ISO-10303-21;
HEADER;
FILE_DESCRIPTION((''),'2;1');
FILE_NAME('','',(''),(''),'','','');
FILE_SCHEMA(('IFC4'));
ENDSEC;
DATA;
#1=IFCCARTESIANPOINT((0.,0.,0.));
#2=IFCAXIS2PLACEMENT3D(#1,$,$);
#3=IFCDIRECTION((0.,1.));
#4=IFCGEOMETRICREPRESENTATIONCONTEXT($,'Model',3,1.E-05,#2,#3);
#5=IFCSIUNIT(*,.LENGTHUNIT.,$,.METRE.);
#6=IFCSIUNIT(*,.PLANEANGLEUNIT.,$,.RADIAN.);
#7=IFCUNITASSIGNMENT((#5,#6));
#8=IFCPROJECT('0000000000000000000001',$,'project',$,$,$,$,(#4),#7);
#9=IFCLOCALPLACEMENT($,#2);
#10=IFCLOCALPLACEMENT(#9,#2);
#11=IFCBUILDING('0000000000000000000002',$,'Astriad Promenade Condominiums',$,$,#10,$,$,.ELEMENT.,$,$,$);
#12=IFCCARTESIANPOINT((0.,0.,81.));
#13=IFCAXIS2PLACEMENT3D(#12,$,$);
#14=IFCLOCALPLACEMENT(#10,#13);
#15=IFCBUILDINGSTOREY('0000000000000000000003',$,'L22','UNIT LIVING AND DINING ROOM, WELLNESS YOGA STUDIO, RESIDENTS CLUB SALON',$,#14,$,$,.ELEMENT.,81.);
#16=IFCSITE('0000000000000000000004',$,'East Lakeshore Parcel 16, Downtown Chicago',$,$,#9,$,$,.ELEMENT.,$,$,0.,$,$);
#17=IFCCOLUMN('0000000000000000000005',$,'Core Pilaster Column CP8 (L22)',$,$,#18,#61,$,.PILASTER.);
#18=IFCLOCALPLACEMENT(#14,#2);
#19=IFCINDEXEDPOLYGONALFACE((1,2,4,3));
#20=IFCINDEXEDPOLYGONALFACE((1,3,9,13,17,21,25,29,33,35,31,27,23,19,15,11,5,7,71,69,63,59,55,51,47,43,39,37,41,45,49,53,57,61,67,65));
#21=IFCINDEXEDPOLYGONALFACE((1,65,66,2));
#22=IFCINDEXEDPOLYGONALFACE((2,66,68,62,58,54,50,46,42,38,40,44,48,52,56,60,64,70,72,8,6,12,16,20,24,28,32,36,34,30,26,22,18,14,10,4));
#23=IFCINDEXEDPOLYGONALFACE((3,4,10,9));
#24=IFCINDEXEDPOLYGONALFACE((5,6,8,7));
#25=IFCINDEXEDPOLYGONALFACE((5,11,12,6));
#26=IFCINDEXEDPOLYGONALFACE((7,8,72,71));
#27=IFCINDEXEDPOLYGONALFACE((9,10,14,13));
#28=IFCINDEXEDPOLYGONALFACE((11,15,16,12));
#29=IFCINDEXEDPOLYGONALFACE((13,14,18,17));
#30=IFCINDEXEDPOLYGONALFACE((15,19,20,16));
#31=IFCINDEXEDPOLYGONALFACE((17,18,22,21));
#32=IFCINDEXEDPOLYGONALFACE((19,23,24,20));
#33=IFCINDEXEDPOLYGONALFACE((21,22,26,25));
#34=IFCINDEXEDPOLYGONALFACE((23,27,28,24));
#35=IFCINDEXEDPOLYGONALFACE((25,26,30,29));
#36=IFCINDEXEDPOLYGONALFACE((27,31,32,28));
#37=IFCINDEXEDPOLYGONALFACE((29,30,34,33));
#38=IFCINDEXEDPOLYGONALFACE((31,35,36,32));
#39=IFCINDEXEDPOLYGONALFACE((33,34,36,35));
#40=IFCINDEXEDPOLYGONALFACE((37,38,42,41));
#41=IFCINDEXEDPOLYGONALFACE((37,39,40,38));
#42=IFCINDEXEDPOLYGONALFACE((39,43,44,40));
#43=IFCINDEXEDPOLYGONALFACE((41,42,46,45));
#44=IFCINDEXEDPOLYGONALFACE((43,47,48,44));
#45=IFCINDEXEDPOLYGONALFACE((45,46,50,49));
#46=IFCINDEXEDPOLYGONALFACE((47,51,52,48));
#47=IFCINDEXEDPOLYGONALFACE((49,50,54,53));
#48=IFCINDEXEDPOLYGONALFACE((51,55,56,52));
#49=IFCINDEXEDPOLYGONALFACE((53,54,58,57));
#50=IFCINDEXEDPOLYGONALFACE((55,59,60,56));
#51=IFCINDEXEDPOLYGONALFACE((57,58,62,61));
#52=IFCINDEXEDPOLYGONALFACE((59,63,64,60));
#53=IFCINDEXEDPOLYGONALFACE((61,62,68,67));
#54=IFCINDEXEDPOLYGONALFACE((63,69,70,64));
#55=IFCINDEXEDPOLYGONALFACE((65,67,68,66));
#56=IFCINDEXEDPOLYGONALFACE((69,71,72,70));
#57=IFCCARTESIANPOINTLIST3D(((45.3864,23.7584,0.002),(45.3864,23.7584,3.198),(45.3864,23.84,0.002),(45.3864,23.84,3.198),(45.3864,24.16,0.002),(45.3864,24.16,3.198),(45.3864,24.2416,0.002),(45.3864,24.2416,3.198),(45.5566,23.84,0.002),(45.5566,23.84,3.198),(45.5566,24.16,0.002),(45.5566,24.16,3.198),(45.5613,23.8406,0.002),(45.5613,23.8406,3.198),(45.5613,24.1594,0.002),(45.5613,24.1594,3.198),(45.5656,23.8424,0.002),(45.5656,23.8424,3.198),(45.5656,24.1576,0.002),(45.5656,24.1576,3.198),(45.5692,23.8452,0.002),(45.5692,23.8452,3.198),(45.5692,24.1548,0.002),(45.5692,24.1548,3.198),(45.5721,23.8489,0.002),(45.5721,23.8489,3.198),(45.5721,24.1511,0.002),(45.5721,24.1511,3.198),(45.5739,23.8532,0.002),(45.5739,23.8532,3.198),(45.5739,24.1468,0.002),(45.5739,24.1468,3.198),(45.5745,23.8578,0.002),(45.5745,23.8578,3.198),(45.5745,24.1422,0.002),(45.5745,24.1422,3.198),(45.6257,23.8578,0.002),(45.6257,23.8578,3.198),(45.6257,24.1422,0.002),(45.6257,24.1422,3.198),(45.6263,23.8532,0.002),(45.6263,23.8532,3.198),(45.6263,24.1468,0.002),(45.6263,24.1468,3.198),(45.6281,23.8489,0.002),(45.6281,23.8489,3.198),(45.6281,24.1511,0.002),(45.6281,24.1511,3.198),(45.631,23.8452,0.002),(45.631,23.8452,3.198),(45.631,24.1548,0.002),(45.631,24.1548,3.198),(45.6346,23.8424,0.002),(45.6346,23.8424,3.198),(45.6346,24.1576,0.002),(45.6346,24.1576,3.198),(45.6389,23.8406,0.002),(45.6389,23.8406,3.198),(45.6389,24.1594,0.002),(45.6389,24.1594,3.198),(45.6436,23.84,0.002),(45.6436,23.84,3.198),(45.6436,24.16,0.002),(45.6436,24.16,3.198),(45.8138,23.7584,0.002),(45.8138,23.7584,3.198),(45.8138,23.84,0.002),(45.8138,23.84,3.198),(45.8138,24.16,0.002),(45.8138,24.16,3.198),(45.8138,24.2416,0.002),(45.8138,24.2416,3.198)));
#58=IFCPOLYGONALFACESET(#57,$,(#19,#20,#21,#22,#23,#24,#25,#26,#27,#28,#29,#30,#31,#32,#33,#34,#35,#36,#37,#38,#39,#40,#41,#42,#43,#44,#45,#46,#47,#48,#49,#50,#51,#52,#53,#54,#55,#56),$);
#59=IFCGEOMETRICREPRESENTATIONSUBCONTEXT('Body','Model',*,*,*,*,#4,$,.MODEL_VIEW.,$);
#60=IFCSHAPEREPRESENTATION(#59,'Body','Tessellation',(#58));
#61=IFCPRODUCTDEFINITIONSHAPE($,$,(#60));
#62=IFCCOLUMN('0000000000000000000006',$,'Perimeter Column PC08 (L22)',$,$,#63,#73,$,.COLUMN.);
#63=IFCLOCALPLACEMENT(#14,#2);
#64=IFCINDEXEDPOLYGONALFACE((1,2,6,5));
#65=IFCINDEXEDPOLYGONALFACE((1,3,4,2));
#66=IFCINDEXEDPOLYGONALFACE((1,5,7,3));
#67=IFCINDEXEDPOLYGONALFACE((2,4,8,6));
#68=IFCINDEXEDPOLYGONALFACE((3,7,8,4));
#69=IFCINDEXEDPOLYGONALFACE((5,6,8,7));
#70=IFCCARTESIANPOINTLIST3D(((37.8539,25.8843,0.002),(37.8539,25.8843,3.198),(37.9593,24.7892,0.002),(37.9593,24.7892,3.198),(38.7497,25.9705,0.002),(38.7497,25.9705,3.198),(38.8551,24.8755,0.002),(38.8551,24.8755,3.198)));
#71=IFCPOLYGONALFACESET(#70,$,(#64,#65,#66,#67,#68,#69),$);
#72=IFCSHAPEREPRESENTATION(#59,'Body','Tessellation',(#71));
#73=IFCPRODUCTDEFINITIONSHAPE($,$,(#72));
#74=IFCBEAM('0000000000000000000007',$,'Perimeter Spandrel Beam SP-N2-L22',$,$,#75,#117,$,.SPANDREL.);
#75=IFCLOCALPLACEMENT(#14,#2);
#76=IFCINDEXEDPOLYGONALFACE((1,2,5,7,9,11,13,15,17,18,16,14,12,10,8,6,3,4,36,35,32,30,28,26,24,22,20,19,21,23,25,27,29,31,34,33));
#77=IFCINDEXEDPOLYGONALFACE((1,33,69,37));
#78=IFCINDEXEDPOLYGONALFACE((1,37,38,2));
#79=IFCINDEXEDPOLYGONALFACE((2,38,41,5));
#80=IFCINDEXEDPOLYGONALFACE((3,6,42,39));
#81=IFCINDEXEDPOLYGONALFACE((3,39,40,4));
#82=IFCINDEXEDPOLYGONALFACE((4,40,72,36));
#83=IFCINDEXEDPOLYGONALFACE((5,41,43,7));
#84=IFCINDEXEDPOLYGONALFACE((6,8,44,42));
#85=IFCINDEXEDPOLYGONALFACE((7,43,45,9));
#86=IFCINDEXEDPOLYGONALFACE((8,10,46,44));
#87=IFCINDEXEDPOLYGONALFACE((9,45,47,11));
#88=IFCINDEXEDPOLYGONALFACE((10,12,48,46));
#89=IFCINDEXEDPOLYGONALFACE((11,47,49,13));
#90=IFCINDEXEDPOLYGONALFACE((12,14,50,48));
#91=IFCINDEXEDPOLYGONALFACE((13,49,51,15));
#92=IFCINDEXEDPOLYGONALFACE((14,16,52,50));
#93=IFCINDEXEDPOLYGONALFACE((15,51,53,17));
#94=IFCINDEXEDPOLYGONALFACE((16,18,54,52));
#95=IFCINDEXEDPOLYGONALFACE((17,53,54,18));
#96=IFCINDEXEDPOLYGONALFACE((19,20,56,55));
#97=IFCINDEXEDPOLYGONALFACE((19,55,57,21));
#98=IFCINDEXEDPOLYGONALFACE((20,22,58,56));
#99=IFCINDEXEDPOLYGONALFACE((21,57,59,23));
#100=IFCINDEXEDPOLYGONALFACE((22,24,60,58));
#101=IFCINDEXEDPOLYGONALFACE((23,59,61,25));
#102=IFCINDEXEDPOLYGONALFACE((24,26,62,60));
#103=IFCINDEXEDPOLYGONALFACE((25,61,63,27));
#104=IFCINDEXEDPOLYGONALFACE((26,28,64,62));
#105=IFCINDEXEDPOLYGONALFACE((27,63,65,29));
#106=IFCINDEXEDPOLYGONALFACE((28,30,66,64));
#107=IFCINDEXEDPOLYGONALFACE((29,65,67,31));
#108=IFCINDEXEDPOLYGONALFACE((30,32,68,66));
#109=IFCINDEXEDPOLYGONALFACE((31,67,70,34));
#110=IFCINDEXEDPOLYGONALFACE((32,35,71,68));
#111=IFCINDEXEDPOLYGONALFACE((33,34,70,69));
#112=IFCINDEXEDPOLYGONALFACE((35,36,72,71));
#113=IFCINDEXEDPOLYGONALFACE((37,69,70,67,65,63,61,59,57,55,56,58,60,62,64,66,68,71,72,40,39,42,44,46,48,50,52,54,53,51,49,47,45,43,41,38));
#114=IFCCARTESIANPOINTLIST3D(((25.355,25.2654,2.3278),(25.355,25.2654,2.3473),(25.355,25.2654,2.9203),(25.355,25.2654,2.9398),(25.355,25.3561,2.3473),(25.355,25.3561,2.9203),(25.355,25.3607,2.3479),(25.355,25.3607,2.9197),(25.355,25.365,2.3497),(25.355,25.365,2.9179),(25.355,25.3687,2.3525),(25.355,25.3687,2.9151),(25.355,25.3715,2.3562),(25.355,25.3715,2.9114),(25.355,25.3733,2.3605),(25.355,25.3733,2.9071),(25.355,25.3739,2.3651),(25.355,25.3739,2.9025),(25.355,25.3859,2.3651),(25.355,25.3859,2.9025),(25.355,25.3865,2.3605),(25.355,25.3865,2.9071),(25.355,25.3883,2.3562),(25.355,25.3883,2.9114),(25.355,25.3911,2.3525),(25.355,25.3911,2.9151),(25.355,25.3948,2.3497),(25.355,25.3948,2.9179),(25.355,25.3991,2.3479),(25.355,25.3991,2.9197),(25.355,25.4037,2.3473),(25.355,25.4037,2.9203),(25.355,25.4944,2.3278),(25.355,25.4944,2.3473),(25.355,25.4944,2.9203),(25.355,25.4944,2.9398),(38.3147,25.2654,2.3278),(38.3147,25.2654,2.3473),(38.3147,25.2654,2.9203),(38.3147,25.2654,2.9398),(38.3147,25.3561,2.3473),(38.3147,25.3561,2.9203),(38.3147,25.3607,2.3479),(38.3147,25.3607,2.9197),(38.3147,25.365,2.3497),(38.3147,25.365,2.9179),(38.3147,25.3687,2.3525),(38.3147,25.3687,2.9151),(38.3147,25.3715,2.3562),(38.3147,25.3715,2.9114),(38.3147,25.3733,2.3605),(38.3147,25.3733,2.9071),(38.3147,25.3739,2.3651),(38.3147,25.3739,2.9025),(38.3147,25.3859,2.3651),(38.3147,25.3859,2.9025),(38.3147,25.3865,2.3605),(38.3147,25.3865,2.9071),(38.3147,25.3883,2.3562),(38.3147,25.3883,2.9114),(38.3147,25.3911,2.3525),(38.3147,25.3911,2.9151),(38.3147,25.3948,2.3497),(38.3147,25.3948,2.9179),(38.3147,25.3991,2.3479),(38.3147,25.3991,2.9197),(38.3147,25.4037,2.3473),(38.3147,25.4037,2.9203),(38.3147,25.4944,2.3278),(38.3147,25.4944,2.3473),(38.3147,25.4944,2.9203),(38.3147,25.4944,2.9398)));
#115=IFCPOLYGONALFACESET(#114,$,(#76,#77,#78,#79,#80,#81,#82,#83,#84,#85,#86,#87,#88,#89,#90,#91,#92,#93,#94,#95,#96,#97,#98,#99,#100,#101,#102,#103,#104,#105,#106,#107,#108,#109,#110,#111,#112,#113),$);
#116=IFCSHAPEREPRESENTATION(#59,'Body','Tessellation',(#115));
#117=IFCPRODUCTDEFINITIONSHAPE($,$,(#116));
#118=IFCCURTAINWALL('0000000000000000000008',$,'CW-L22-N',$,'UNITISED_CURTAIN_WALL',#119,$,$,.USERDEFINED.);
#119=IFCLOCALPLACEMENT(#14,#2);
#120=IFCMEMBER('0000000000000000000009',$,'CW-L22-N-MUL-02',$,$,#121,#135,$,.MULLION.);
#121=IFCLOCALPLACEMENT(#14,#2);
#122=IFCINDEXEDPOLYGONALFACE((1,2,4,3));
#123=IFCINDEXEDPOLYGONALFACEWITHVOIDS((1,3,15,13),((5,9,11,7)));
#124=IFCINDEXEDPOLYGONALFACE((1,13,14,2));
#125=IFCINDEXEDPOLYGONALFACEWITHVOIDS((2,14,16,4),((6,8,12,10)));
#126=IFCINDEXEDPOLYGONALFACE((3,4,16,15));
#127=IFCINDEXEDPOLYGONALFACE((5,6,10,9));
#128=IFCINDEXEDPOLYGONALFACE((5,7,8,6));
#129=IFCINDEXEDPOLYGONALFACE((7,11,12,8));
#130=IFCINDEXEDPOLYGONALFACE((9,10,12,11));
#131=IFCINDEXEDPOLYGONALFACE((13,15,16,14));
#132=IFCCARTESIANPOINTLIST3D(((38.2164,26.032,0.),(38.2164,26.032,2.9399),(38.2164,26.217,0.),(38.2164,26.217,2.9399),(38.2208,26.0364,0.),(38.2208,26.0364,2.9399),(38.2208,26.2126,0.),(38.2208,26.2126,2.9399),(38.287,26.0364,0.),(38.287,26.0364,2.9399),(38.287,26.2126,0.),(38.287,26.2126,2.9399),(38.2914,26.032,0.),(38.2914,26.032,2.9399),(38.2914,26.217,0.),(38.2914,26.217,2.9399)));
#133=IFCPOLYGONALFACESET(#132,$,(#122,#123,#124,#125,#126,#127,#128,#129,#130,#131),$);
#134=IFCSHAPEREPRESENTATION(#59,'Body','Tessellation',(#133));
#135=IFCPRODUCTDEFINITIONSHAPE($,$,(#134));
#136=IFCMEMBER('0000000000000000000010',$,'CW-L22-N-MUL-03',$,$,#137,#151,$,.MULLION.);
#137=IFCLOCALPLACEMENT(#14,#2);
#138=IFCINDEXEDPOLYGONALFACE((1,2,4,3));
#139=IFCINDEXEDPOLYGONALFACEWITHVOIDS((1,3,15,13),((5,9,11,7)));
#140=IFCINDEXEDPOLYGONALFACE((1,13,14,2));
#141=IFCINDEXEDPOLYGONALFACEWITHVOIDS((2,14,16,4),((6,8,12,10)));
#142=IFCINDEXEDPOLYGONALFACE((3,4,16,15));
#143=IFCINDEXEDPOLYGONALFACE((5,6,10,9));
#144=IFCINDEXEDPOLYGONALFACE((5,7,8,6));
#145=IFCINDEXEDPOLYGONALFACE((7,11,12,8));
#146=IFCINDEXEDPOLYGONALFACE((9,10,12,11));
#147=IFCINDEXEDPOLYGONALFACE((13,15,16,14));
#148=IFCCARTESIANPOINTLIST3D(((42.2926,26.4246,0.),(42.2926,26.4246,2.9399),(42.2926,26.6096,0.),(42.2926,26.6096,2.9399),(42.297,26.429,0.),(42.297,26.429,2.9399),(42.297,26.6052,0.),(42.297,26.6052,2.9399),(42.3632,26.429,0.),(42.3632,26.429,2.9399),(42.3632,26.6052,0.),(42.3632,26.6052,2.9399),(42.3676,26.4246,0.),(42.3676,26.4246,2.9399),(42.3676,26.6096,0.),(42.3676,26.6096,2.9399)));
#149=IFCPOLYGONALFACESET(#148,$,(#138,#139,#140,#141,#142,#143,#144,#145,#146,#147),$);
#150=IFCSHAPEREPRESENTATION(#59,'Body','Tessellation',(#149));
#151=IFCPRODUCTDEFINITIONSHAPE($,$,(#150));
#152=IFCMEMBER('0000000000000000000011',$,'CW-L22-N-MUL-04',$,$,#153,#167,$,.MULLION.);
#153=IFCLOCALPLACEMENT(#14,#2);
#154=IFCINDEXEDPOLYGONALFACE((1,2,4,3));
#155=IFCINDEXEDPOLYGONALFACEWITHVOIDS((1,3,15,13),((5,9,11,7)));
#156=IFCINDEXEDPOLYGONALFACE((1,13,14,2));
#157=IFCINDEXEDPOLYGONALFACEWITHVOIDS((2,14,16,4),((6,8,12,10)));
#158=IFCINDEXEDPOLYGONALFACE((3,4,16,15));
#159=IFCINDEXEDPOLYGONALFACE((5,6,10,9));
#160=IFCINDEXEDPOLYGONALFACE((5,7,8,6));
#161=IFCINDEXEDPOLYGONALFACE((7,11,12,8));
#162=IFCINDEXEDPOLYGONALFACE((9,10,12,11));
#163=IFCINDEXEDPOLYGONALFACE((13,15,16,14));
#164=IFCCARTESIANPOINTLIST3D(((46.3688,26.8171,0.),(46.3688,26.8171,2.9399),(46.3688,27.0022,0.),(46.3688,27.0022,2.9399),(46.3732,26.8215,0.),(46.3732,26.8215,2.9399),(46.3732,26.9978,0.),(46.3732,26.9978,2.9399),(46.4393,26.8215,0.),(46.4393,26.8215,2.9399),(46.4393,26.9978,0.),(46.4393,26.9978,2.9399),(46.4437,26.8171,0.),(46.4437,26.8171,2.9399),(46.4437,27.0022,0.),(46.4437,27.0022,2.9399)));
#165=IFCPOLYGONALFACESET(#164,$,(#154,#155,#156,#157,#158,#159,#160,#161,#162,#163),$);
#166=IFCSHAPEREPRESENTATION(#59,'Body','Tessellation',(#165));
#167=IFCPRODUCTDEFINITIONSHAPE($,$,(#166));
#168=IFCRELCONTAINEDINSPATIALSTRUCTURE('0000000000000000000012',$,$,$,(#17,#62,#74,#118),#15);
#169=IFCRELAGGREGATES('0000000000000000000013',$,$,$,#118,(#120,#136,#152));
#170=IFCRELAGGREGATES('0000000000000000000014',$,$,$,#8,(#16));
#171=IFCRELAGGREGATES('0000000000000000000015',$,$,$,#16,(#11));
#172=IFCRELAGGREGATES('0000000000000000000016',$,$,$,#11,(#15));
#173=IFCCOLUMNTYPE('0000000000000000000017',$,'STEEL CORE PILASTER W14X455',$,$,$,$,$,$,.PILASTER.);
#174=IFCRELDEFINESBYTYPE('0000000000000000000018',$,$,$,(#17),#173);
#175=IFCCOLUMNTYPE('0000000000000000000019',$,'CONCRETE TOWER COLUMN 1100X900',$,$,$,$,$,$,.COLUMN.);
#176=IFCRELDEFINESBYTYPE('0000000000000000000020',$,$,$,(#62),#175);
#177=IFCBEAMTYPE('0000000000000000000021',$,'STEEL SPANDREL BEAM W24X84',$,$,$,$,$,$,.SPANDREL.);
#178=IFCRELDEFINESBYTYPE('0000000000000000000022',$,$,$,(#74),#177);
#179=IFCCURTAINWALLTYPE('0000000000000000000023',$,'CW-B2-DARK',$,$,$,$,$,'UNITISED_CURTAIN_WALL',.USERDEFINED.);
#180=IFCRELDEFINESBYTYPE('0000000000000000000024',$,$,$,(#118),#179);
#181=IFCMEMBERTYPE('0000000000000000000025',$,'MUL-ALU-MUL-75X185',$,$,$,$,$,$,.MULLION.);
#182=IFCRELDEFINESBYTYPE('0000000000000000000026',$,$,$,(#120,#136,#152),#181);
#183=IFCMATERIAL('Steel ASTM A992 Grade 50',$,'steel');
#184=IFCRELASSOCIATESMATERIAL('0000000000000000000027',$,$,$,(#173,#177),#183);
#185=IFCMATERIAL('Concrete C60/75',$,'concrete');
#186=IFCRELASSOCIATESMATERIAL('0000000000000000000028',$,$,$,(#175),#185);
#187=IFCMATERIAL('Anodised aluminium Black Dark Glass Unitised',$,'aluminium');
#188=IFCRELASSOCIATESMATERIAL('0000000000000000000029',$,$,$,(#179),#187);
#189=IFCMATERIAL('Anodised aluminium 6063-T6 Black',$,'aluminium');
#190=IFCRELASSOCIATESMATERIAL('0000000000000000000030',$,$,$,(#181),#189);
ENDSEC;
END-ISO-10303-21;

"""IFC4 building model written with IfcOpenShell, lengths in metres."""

from ifc_helpers import new_model, si_unit, direction, frame, origin, origin_2d, place, context, subcontext, project, spatial, rectangle, hollow_rectangle, i_section, extrude, source, transform, mapped, material, material_profile, profile_set, type_object, type_shapes, element, aggregate, save


model = new_model("IFC4")

# Units and contexts
model_context = context("Model", 3, precision=1e-05, world=origin(), true_north=direction((0.0, 1.0)))
body_context = subcontext(model_context, "Body", "Model", "MODEL_VIEW")
ifc_project = project(units=[si_unit("LENGTHUNIT", "METRE"), si_unit("PLANEANGLEUNIT", "RADIAN")], contexts=[model_context])

# Site, building, storey
site_placement = place(None, origin())
site = spatial("IfcSite", under=ifc_project, at=site_placement, Name="East Lakeshore Parcel 16, Downtown Chicago", CompositionType="ELEMENT", RefElevation=0.0)
building_placement = place(site_placement, origin())
building = spatial("IfcBuilding", under=site, at=building_placement, Name="Astriad Promenade Condominiums", CompositionType="ELEMENT")
storey_placement = place(building_placement, frame((0.0, 0.0, 81.0)))
storey = spatial("IfcBuildingStorey", under=building, at=storey_placement, Name="L22", Description="UNIT LIVING AND DINING ROOM, WELLNESS YOGA STUDIO, RESIDENTS CLUB SALON", CompositionType="ELEMENT", Elevation=81.0)

# Columns
ifc_material_1 = material(Name="Steel ASTM A992 Grade 50", Category="steel")
ifc_material_profile_1 = material_profile(ifc_material_1, i_section(OverallWidth=0.4275, OverallDepth=0.4832, WebThickness=0.0513, FlangeThickness=0.0815, FilletRadius=0.0178, at=origin_2d()), Name="W14X455")
ifc_profile_set_1 = profile_set([ifc_material_profile_1], Name="Steel ASTM A992 Grade 50")
column_type_1 = type_object("IfcColumnType", Name="STEEL CORE PILASTER W14X455", PredefinedType="PILASTER", material=ifc_profile_set_1)
shared_shape_1 = source(origin(), body_context, "Body", "SweptSolid", [
    extrude(i_section(OverallWidth=0.4275, OverallDepth=0.4832, WebThickness=0.0513, FlangeThickness=0.0815, FilletRadius=0.0178, at=origin_2d()), origin(), (0.0, 0.0, 1.0), 3.196),
])
type_shapes(column_type_1, [shared_shape_1])
column_1_placement = place(storey_placement, frame((45.6001, 24.0, 0.002), z_axis=(0.0, 0.0, 1.0), x_axis=(1.0, 0.0, 0.0)))
element("IfcColumn", 1, at=column_1_placement, inside=storey, type_object=column_type_1, Name="Core Pilaster Column CP8 (L22)", PredefinedType="PILASTER", context=body_context, shape_type="MappedRepresentation", body=[
    mapped(shared_shape_1, transform((0.0, 0.0, 0.0), scale=1.0)),
])
ifc_material_2 = material(Name="Concrete C60/75", Category="concrete")
ifc_material_profile_2 = material_profile(ifc_material_2, rectangle(XDim=0.8999, YDim=1.1001, at=origin_2d()), Name="RC-COL-1100X900")
ifc_profile_set_2 = profile_set([ifc_material_profile_2], Name="Concrete C60/75")
column_type_2 = type_object("IfcColumnType", Name="CONCRETE TOWER COLUMN 1100X900", PredefinedType="COLUMN", material=ifc_profile_set_2)
shared_shape_2 = source(origin(), body_context, "Body", "SweptSolid", [
    extrude(rectangle(XDim=0.8999, YDim=1.1001, at=origin_2d()), origin(), (0.0, 0.0, 1.0), 3.196),
])
type_shapes(column_type_2, [shared_shape_2])
column_2_placement = place(storey_placement, frame((38.3545, 25.3799, 0.002), z_axis=(0.0, 0.0, 1.0), x_axis=(0.995396, 0.095846, 0.0)))
element("IfcColumn", 2, at=column_2_placement, inside=storey, type_object=column_type_2, Name="Perimeter Column PC08 (L22)", PredefinedType="COLUMN", context=body_context, shape_type="MappedRepresentation", body=[
    mapped(shared_shape_2, transform((0.0, 0.0, 0.0), scale=1.0)),
])

# Beam
ifc_material_profile_3 = material_profile(ifc_material_1, i_section(OverallWidth=0.229, OverallDepth=0.6121, WebThickness=0.012, FlangeThickness=0.0195, FilletRadius=0.0178, at=origin_2d()), Name="W24X84")
ifc_profile_set_3 = profile_set([ifc_material_profile_3], Name="Steel ASTM A992 Grade 50")
beam_type = type_object("IfcBeamType", Name="STEEL SPANDREL BEAM W24X84", PredefinedType="SPANDREL", material=ifc_profile_set_3)
shared_shape_3 = source(origin(), body_context, "Body", "SweptSolid", [
    extrude(i_section(OverallWidth=0.229, OverallDepth=0.6121, WebThickness=0.012, FlangeThickness=0.0195, FilletRadius=0.0178, at=origin_2d()), origin(), (0.0, 0.0, 1.0), 12.9597),
])
type_shapes(beam_type, [shared_shape_3])
beam_placement = place(storey_placement, frame((38.3147, 25.3799, 2.6338), z_axis=(-1.0, 0.0, 0.0), x_axis=(0.0, -1.0, 0.0)))
element("IfcBeam", 3, at=beam_placement, inside=storey, type_object=beam_type, Name="Perimeter Spandrel Beam SP-N2-L22", PredefinedType="SPANDREL", context=body_context, shape_type="MappedRepresentation", body=[
    mapped(shared_shape_3, transform((0.0, 0.0, 0.0), scale=1.0)),
])

# Curtain wall, members
ifc_material_3 = material(Name="Anodised aluminium Black Dark Glass Unitised", Category="aluminium")
curtain_wall_type = type_object("IfcCurtainWallType", Name="CW-B2-DARK", ElementType="UNITISED_CURTAIN_WALL", PredefinedType="USERDEFINED", material=ifc_material_3)
curtain_wall_placement = place(storey_placement, origin())
curtain_wall = element("IfcCurtainWall", 4, at=curtain_wall_placement, inside=storey, type_object=curtain_wall_type, Name="CW-L22-N", ObjectType="UNITISED_CURTAIN_WALL", PredefinedType="USERDEFINED")
ifc_material_4 = material(Name="Anodised aluminium 6063-T6 Black", Category="aluminium")
ifc_material_profile_4 = material_profile(ifc_material_4, hollow_rectangle(XDim=0.075, YDim=0.1851, WallThickness=0.0044, at=origin_2d()), Name="ALU-MUL-75X185")
ifc_profile_set_4 = profile_set([ifc_material_profile_4], Name="Anodised aluminium 6063-T6 Black")
member_type_1 = type_object("IfcMemberType", Name="MUL-ALU-MUL-75X185", PredefinedType="MULLION", material=ifc_profile_set_4)
shared_shape_4 = source(origin(), body_context, "Body", "SweptSolid", [
    extrude(hollow_rectangle(XDim=0.075, YDim=0.1851, WallThickness=0.0044, at=origin_2d()), origin(), (0.0, 0.0, 1.0), 2.9399),
])
type_shapes(member_type_1, [shared_shape_4])
member_1_placement = place(storey_placement, frame((38.2539, 26.1245, 0.0), z_axis=(0.0, 0.0, 1.0), x_axis=(1.0, 0.0, 0.0)))
member_1 = element("IfcMember", 5, at=member_1_placement, type_object=member_type_1, Name="CW-L22-N-MUL-02", PredefinedType="MULLION", context=body_context, shape_type="MappedRepresentation", body=[
    mapped(shared_shape_4, transform((0.0, 0.0, 0.0), scale=1.0)),
])
member_2_placement = place(storey_placement, frame((42.3301, 26.5171, 0.0), z_axis=(0.0, 0.0, 1.0), x_axis=(1.0, 0.0, 0.0)))
member_2 = element("IfcMember", 6, at=member_2_placement, type_object=member_type_1, Name="CW-L22-N-MUL-03", PredefinedType="MULLION", context=body_context, shape_type="MappedRepresentation", body=[
    mapped(shared_shape_4, transform((0.0, 0.0, 0.0), scale=1.0)),
])
member_3_placement = place(storey_placement, frame((46.4062, 26.9097, 0.0), z_axis=(0.0, 0.0, 1.0), x_axis=(1.0, 0.0, 0.0)))
member_3 = element("IfcMember", 7, at=member_3_placement, type_object=member_type_1, Name="CW-L22-N-MUL-04", PredefinedType="MULLION", context=body_context, shape_type="MappedRepresentation", body=[
    mapped(shared_shape_4, transform((0.0, 0.0, 0.0), scale=1.0)),
])
aggregate(curtain_wall, [member_1, member_2, member_3])

save(model, "model.ifc")
